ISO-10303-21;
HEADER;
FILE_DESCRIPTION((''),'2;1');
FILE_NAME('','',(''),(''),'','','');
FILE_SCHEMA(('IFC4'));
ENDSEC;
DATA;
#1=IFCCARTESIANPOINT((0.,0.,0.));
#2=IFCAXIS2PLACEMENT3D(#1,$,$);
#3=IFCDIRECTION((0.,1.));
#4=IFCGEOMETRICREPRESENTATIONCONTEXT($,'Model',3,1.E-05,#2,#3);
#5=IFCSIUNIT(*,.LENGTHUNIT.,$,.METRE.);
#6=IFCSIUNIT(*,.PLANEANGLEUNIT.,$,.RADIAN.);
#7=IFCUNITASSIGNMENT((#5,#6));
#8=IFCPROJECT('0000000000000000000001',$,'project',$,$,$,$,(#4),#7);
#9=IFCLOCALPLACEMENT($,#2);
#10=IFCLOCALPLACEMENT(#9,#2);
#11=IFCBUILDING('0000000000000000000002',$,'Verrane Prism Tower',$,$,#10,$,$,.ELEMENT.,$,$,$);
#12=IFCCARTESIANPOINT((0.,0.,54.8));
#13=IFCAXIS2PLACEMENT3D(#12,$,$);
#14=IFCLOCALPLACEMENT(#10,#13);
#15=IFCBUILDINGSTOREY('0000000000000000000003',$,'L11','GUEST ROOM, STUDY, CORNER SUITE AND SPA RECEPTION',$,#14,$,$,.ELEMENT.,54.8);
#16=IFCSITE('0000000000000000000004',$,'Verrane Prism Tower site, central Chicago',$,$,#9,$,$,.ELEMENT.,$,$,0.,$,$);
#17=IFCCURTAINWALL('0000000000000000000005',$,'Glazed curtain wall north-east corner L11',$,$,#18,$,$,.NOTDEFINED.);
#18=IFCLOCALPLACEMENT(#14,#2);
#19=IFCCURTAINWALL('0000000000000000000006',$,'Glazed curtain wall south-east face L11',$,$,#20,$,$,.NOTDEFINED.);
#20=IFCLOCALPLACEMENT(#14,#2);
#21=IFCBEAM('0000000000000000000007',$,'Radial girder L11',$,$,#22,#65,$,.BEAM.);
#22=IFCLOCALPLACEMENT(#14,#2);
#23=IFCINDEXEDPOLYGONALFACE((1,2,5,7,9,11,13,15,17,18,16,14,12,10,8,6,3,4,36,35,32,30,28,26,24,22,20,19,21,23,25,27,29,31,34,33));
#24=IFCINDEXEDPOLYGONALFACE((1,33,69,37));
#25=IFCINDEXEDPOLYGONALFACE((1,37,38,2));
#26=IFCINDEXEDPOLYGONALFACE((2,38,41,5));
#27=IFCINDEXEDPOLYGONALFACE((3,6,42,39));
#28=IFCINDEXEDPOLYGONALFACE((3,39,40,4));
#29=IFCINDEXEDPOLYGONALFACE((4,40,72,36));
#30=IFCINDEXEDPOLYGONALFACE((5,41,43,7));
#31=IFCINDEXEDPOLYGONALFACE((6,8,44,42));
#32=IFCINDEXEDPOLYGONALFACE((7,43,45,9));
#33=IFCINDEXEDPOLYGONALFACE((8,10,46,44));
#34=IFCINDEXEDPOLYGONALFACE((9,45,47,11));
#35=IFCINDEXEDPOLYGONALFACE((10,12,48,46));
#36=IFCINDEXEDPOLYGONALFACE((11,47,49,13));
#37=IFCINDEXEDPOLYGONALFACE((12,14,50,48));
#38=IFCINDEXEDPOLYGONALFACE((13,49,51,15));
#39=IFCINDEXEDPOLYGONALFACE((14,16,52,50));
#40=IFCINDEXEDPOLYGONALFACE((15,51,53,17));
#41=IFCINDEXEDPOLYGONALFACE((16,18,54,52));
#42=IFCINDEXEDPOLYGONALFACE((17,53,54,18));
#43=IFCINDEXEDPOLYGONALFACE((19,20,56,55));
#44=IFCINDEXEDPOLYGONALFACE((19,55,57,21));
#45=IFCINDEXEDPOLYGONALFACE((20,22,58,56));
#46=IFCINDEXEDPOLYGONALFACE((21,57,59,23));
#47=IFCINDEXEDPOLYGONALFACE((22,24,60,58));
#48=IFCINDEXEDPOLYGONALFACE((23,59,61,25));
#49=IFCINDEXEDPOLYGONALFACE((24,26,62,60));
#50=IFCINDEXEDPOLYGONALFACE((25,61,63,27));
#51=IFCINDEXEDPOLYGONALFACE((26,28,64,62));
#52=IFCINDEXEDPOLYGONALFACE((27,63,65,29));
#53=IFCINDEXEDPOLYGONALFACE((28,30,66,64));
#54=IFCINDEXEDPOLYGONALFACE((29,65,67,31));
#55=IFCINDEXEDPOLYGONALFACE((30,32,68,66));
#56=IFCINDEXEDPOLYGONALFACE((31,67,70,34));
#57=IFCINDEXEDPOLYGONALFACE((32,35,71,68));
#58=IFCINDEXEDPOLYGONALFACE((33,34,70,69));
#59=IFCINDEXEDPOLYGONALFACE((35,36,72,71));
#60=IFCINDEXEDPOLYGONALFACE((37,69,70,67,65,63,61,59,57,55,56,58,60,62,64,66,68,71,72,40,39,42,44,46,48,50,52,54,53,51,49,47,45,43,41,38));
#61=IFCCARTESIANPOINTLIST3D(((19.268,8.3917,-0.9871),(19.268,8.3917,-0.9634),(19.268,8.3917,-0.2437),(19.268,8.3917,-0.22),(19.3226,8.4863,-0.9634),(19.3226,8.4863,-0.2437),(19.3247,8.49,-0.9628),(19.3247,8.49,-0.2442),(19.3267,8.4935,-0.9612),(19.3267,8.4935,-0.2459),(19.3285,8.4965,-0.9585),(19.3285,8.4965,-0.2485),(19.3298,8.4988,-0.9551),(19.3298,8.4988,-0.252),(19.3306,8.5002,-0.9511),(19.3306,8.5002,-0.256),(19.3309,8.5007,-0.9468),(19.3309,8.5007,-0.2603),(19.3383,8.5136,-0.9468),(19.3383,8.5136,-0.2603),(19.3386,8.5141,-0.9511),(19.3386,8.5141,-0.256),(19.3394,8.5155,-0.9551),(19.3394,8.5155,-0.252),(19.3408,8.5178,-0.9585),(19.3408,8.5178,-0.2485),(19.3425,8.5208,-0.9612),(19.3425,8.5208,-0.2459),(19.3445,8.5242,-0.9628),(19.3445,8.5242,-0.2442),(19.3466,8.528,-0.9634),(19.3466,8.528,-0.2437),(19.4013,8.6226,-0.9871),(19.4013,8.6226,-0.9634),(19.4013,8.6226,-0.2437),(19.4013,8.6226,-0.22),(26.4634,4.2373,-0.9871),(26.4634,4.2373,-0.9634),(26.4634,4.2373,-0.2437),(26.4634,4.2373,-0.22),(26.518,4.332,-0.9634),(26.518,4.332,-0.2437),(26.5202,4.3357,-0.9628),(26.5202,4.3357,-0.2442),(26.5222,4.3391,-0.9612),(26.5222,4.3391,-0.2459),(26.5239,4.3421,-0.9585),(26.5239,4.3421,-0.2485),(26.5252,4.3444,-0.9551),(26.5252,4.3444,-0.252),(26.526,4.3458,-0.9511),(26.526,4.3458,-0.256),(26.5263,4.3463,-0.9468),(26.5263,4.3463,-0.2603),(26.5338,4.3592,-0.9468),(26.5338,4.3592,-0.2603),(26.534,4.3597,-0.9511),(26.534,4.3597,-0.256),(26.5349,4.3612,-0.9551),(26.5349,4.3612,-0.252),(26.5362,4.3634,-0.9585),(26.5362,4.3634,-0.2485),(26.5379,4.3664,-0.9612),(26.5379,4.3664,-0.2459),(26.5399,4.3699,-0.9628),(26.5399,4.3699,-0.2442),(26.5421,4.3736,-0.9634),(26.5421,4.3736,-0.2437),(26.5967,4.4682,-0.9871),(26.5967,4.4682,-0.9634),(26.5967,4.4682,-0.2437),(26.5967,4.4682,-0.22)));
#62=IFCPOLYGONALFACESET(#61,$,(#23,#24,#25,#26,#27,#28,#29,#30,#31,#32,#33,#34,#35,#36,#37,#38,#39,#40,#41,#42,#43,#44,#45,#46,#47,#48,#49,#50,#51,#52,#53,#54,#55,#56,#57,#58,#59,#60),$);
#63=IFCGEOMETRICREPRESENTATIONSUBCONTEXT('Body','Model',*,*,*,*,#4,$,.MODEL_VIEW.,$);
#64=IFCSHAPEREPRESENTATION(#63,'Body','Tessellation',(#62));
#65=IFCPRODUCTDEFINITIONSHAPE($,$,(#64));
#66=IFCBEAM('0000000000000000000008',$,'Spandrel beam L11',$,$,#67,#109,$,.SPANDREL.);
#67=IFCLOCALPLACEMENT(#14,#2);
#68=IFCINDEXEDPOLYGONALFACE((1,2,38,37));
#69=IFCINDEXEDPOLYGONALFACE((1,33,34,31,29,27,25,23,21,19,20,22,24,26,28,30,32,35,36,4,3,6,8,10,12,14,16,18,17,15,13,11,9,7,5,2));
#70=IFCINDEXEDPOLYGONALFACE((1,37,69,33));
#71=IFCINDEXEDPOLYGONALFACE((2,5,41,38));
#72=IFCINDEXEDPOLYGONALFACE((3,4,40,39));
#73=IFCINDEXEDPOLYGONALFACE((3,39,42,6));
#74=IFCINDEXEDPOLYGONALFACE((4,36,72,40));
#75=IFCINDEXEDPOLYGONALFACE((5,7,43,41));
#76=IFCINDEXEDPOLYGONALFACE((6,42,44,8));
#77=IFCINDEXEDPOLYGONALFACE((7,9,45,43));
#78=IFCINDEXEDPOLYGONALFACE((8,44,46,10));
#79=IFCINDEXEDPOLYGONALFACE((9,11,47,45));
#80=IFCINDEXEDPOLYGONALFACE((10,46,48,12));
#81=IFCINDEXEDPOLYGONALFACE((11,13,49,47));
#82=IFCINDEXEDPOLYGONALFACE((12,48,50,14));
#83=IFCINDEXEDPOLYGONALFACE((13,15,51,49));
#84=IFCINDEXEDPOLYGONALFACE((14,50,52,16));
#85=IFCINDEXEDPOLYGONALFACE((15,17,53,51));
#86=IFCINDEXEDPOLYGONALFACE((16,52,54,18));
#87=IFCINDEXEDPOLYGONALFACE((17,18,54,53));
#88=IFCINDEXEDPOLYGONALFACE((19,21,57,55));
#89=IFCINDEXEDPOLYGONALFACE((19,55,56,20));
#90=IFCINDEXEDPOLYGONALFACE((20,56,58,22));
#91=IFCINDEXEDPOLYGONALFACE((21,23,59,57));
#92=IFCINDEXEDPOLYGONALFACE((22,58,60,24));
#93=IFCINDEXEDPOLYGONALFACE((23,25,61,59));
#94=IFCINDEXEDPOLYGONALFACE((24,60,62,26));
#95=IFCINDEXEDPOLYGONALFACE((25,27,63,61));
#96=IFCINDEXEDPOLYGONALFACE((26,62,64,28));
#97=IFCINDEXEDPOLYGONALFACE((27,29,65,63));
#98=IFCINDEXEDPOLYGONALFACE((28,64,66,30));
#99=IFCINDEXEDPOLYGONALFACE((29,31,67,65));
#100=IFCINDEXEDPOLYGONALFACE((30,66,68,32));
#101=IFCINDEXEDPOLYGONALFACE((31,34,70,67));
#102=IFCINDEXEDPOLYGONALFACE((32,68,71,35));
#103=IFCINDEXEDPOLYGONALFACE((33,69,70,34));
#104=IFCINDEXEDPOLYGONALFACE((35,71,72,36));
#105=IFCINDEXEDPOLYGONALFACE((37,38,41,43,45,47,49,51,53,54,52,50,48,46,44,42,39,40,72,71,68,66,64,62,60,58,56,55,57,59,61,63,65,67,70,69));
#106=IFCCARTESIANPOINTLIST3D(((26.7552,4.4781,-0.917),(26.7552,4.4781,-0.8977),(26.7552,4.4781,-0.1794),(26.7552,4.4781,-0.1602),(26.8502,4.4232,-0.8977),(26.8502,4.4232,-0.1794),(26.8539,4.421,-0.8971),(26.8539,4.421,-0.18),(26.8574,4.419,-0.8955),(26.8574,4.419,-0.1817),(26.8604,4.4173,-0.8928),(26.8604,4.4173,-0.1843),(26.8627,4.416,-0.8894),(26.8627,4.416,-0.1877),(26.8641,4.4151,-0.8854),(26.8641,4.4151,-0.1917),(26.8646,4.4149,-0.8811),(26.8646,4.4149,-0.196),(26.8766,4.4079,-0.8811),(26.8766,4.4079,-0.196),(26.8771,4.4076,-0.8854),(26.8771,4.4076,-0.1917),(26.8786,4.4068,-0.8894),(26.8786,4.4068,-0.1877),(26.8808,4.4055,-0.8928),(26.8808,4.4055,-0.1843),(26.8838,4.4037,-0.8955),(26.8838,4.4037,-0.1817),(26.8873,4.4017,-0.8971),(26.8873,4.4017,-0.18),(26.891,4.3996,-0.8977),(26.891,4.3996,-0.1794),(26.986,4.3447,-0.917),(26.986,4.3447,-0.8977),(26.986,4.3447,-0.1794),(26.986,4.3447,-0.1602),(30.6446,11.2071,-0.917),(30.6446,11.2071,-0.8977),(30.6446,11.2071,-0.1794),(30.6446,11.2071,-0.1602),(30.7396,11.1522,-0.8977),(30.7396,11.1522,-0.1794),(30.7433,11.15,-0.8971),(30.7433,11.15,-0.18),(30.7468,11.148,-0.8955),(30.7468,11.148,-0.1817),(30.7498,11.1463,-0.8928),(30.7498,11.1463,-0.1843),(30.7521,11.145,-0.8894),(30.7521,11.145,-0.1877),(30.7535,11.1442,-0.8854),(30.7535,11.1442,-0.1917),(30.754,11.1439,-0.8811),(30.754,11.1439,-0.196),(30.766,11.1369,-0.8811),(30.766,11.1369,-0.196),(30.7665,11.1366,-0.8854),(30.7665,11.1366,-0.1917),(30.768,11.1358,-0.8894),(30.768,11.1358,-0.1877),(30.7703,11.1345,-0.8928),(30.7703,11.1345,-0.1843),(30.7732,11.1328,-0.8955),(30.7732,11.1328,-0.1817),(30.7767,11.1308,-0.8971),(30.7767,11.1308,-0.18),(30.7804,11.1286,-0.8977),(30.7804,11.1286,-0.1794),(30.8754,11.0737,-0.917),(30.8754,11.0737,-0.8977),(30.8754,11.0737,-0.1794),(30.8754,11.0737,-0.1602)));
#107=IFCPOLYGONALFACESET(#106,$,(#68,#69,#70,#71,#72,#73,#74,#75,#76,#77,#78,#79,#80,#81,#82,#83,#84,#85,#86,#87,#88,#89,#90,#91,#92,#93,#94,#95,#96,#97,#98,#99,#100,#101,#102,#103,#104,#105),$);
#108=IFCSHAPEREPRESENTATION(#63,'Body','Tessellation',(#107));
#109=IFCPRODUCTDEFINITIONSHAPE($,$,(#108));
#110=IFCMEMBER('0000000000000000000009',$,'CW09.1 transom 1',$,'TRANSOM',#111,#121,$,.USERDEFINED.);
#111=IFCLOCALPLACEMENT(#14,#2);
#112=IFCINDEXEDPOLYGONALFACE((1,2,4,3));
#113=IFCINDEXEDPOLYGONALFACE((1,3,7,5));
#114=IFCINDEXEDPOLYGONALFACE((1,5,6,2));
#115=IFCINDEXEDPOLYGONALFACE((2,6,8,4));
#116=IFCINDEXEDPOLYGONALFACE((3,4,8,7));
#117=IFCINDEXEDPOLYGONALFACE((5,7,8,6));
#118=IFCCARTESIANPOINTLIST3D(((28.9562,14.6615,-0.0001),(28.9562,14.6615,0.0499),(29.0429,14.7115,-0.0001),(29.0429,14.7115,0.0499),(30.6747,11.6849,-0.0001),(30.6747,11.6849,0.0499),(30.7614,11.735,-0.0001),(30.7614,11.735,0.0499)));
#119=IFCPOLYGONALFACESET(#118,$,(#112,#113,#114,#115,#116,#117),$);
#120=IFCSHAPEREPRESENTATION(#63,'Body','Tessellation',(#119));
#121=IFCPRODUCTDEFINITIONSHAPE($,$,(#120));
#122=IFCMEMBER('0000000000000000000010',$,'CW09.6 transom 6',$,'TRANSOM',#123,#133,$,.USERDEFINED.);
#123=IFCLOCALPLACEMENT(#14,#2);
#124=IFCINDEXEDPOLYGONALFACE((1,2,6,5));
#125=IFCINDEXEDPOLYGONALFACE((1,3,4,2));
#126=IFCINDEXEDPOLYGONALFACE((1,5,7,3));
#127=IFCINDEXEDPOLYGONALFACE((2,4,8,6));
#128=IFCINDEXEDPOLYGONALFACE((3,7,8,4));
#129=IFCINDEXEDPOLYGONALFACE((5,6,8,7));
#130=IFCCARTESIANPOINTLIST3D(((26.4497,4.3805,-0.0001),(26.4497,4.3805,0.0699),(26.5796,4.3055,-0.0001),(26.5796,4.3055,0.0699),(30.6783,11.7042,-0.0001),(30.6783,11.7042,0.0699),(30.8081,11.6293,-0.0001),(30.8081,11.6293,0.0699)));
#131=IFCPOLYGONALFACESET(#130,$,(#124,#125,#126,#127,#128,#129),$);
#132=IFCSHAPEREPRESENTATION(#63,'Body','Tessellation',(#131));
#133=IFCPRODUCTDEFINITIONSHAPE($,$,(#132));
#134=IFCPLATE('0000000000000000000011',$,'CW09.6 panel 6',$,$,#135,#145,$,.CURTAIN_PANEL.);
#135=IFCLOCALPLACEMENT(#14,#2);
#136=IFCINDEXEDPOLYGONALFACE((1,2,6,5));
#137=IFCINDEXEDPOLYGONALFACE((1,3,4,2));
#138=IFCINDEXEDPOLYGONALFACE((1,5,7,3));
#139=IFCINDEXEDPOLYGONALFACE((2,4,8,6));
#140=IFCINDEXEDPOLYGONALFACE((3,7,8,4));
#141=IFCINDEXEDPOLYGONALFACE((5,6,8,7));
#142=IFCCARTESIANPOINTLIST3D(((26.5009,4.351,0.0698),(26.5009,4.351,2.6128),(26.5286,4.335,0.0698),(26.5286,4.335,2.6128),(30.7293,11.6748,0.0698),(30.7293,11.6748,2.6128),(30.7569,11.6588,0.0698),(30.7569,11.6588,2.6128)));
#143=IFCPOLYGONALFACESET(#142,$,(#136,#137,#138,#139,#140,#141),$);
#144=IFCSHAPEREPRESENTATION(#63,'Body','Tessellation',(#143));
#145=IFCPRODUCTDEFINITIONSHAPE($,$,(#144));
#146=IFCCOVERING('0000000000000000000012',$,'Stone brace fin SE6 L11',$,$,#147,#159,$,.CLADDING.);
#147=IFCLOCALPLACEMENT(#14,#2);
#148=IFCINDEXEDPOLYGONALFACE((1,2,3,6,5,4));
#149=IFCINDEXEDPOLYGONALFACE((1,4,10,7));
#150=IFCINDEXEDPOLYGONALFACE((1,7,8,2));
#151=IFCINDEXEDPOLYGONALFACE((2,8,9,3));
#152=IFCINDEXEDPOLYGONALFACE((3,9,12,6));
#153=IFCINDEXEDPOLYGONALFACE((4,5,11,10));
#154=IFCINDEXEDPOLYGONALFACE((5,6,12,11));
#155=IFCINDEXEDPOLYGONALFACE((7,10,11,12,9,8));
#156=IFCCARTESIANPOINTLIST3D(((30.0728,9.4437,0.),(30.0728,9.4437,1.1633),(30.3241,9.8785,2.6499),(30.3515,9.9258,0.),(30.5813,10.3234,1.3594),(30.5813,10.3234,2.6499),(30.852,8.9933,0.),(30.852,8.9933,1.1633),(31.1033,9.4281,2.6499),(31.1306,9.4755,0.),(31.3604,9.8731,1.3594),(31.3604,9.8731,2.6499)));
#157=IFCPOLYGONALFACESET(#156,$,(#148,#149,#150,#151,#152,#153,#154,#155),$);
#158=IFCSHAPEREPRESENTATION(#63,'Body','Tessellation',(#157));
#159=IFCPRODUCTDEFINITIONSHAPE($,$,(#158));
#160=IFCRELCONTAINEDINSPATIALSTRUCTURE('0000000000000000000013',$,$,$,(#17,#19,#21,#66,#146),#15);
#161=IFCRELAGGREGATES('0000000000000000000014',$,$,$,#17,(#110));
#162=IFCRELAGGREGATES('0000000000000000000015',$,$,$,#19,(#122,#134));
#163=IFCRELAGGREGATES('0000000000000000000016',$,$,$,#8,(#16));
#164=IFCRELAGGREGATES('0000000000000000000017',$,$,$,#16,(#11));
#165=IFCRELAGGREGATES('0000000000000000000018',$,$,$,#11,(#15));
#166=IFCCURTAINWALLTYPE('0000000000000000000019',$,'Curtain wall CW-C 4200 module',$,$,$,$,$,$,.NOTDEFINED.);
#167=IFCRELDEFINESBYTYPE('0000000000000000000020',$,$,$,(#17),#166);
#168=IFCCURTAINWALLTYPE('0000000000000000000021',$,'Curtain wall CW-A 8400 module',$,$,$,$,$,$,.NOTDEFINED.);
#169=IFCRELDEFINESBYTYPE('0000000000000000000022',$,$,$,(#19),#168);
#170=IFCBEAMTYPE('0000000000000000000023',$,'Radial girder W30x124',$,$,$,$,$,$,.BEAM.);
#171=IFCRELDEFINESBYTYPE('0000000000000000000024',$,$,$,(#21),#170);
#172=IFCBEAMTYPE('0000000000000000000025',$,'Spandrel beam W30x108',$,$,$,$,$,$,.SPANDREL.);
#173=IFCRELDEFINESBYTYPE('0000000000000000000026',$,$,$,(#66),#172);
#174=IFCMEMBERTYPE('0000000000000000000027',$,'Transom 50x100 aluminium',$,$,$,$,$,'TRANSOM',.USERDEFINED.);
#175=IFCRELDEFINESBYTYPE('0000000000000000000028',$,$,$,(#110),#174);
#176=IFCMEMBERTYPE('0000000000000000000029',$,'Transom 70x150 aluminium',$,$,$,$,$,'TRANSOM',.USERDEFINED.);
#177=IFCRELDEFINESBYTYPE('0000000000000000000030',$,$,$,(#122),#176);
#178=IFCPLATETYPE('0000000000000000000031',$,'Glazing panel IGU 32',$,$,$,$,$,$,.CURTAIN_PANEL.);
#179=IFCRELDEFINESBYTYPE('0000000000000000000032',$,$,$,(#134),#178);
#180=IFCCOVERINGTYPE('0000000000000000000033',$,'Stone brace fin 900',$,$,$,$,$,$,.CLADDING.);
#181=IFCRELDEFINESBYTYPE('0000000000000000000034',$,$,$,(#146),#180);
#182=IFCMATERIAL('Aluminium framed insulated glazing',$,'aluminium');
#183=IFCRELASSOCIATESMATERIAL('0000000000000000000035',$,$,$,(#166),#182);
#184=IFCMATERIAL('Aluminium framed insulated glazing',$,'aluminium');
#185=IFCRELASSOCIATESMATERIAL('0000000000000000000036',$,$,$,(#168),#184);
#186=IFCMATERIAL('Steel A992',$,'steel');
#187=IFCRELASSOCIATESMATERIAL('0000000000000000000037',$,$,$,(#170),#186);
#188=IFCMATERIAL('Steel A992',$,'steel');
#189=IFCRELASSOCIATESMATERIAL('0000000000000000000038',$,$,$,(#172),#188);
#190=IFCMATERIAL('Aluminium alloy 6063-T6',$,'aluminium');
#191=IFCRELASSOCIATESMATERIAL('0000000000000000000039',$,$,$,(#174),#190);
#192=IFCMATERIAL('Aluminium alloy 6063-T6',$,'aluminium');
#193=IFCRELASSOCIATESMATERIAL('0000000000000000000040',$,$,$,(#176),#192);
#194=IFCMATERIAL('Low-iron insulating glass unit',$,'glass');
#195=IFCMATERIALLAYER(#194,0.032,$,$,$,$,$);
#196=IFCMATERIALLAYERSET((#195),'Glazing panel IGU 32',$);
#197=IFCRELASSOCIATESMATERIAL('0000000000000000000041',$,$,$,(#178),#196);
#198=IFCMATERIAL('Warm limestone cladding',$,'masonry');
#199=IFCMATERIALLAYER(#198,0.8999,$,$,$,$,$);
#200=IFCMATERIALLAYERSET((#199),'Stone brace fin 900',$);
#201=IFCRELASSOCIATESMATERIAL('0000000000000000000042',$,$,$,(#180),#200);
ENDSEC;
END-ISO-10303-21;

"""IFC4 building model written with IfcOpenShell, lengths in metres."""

from ifc_helpers import new_model, si_unit, direction, frame, origin, origin_2d, place, context, subcontext, project, spatial, polyline, rectangle, i_section, outline, extrude, material, layer, layer_set, material_profile, profile_set, type_object, element, aggregate, save


model = new_model("IFC4")

# Units and contexts
model_context = context("Model", 3, precision=1e-05, world=origin(), true_north=direction((0.0, 1.0)))
body_context = subcontext(model_context, "Body", "Model", "MODEL_VIEW")
ifc_project = project(units=[si_unit("LENGTHUNIT", "METRE"), si_unit("PLANEANGLEUNIT", "RADIAN")], contexts=[model_context])

# Site, building, storey
site_placement = place(None, origin())
site = spatial("IfcSite", under=ifc_project, at=site_placement, Name="Verrane Prism Tower site, central Chicago", CompositionType="ELEMENT", RefElevation=0.0)
building_placement = place(site_placement, origin())
building = spatial("IfcBuilding", under=site, at=building_placement, Name="Verrane Prism Tower", CompositionType="ELEMENT")
storey_placement = place(building_placement, frame((0.0, 0.0, 54.8)))
storey = spatial("IfcBuildingStorey", under=building, at=storey_placement, Name="L11", Description="GUEST ROOM, STUDY, CORNER SUITE AND SPA RECEPTION", CompositionType="ELEMENT", Elevation=54.8)

# Curtain walls
ifc_material_1 = material(Name="Aluminium framed insulated glazing", Category="aluminium")
curtain_wall_type_1 = type_object("IfcCurtainWallType", Name="Curtain wall CW-C 4200 module", PredefinedType="NOTDEFINED", material=ifc_material_1)
curtain_wall_1_placement = place(storey_placement, origin())
curtain_wall_1 = element("IfcCurtainWall", 1, at=curtain_wall_1_placement, inside=storey, type_object=curtain_wall_type_1, Name="Glazed curtain wall north-east corner L11", PredefinedType="NOTDEFINED")
ifc_material_2 = material(Name="Aluminium framed insulated glazing", Category="aluminium")
curtain_wall_type_2 = type_object("IfcCurtainWallType", Name="Curtain wall CW-A 8400 module", PredefinedType="NOTDEFINED", material=ifc_material_2)
curtain_wall_2_placement = place(storey_placement, origin())
curtain_wall_2 = element("IfcCurtainWall", 2, at=curtain_wall_2_placement, inside=storey, type_object=curtain_wall_type_2, Name="Glazed curtain wall south-east face L11", PredefinedType="NOTDEFINED")

# Beams
ifc_material_3 = material(Name="Steel A992", Category="steel")
ifc_material_profile_1 = material_profile(ifc_material_3, i_section(OverallWidth=0.2666, OverallDepth=0.7671, WebThickness=0.0149, FlangeThickness=0.0237, FilletRadius=0.0166, at=origin_2d()), Name="W30x124")
ifc_profile_set_1 = profile_set([ifc_material_profile_1], Name="Steel A992")
beam_type_1 = type_object("IfcBeamType", Name="Radial girder W30x124", PredefinedType="BEAM", material=ifc_profile_set_1)
beam_1_placement = place(storey_placement, frame((26.53, 4.3528, -0.6035), z_axis=(-0.866021, 0.500007, 0.0), x_axis=(-0.500007, -0.866021, 0.0)))
element("IfcBeam", 3, at=beam_1_placement, inside=storey, type_object=beam_type_1, Name="Radial girder L11", PredefinedType="BEAM", context=body_context, shape_type="SweptSolid", body=[
    extrude(i_section(OverallWidth=0.2666, OverallDepth=0.7671, WebThickness=0.0149, FlangeThickness=0.0237, FilletRadius=0.0166, at=origin_2d()), origin(), (0.0, 0.0, 1.0), 8.3086),
])
ifc_material_4 = material(Name="Steel A992", Category="steel")
ifc_material_profile_2 = material_profile(ifc_material_4, i_section(OverallWidth=0.2666, OverallDepth=0.7568, WebThickness=0.0139, FlangeThickness=0.0193, FilletRadius=0.0166, at=origin_2d()), Name="W30x108")
ifc_profile_set_2 = profile_set([ifc_material_profile_2], Name="Steel A992")
beam_type_2 = type_object("IfcBeamType", Name="Spandrel beam W30x108", PredefinedType="SPANDREL", material=ifc_profile_set_2)
beam_2_placement = place(storey_placement, frame((26.8706, 4.4114, -0.5386), z_axis=(0.500426, 0.865779, 0.0), x_axis=(-0.865779, 0.500426, 0.0)))
element("IfcBeam", 4, at=beam_2_placement, inside=storey, type_object=beam_type_2, Name="Spandrel beam L11", PredefinedType="SPANDREL", context=body_context, shape_type="SweptSolid", body=[
    extrude(i_section(OverallWidth=0.2666, OverallDepth=0.7568, WebThickness=0.0139, FlangeThickness=0.0193, FilletRadius=0.0166, at=origin_2d()), origin(), (0.0, 0.0, 1.0), 7.7722),
])

# Members
ifc_material_5 = material(Name="Aluminium alloy 6063-T6", Category="aluminium")
ifc_material_profile_3 = material_profile(ifc_material_5, rectangle(XDim=0.1001, YDim=0.05, at=origin_2d()), Name="Transom 50x100 aluminium")
ifc_profile_set_3 = profile_set([ifc_material_profile_3], Name="Aluminium alloy 6063-T6")
member_type_1 = type_object("IfcMemberType", Name="Transom 50x100 aluminium", ElementType="TRANSOM", PredefinedType="USERDEFINED", material=ifc_profile_set_3)
member_1_placement = place(storey_placement, frame((30.718, 11.71, 0.0249), z_axis=(-0.499997, 0.866027, 0.0), x_axis=(-0.866027, -0.499997, 0.0)))
member_1 = element("IfcMember", 5, at=member_1_placement, type_object=member_type_1, Name="CW09.1 transom 1", ObjectType="TRANSOM", PredefinedType="USERDEFINED", context=body_context, shape_type="SweptSolid", body=[
    extrude(rectangle(XDim=0.1001, YDim=0.05, at=origin_2d()), origin(), (0.0, 0.0, 1.0), 3.437),
])
aggregate(curtain_wall_1, [member_1])
ifc_material_6 = material(Name="Aluminium alloy 6063-T6", Category="aluminium")
ifc_material_profile_4 = material_profile(ifc_material_6, rectangle(XDim=0.1499, YDim=0.0701, at=origin_2d()), Name="Transom 70x150 aluminium")
ifc_profile_set_4 = profile_set([ifc_material_profile_4], Name="Aluminium alloy 6063-T6")
member_type_2 = type_object("IfcMemberType", Name="Transom 70x150 aluminium", ElementType="TRANSOM", PredefinedType="USERDEFINED", material=ifc_profile_set_4)
member_2_placement = place(storey_placement, frame((26.5146, 4.343, 0.0349), z_axis=(0.500014, 0.866017, 0.0), x_axis=(-0.866017, 0.500014, 0.0)))
member_2 = element("IfcMember", 6, at=member_2_placement, type_object=member_type_2, Name="CW09.6 transom 6", ObjectType="TRANSOM", PredefinedType="USERDEFINED", context=body_context, shape_type="SweptSolid", body=[
    extrude(rectangle(XDim=0.1499, YDim=0.0701, at=origin_2d()), origin(), (0.0, 0.0, 1.0), 8.4568),
])

# Plate
ifc_material_7 = material(Name="Low-iron insulating glass unit", Category="glass")
ifc_layer_1 = layer(ifc_material_7, 0.032)
ifc_layer_set_1 = layer_set([ifc_layer_1], Name="Glazing panel IGU 32")
plate_type = type_object("IfcPlateType", Name="Glazing panel IGU 32", PredefinedType="CURTAIN_PANEL", material=ifc_layer_set_1)
plate_placement = place(storey_placement, frame((28.6289, 8.0049, 0.0698), z_axis=(0.0, 0.0, 1.0), x_axis=(0.499999, 0.866026, 0.0)))
plate = element("IfcPlate", 7, at=plate_placement, type_object=plate_type, Name="CW09.6 panel 6", PredefinedType="CURTAIN_PANEL", context=body_context, shape_type="SweptSolid", body=[
    extrude(rectangle(XDim=8.4568, YDim=0.032, at=origin_2d()), origin(), (0.0, 0.0, 1.0), 2.543),
])
aggregate(curtain_wall_2, [member_2, plate])

# Covering
ifc_material_8 = material(Name="Warm limestone cladding", Category="masonry")
ifc_layer_2 = layer(ifc_material_8, 0.8999)
ifc_layer_set_2 = layer_set([ifc_layer_2], Name="Stone brace fin 900")
covering_type = type_object("IfcCoveringType", Name="Stone brace fin 900", PredefinedType="CLADDING", material=ifc_layer_set_2)
covering_placement = place(storey_placement, frame((30.4624, 9.2185, 0.0), z_axis=(0.0, 0.0, 1.0), x_axis=(0.500402, 0.865793, 0.0)))
element("IfcCovering", 8, at=covering_placement, inside=storey, type_object=covering_type, Name="Stone brace fin SE6 L11", PredefinedType="CLADDING", context=body_context, shape_type="SweptSolid", body=[
    extrude(outline(polyline([(1.0161, 2.6499), (0.5022, 2.6499), (0.0, 1.1633), (0.0, 0.0), (0.5569, 0.0), (1.0161, 1.3594), (1.0161, 2.6499)])), frame((0.0, 0.45, 0.0), z_axis=(0.0, -1.0, 0.0), x_axis=(1.0, 0.0, 0.0)), (0.0, 0.0, 1.0), 0.8999),
])

save(model, "model.ifc")
